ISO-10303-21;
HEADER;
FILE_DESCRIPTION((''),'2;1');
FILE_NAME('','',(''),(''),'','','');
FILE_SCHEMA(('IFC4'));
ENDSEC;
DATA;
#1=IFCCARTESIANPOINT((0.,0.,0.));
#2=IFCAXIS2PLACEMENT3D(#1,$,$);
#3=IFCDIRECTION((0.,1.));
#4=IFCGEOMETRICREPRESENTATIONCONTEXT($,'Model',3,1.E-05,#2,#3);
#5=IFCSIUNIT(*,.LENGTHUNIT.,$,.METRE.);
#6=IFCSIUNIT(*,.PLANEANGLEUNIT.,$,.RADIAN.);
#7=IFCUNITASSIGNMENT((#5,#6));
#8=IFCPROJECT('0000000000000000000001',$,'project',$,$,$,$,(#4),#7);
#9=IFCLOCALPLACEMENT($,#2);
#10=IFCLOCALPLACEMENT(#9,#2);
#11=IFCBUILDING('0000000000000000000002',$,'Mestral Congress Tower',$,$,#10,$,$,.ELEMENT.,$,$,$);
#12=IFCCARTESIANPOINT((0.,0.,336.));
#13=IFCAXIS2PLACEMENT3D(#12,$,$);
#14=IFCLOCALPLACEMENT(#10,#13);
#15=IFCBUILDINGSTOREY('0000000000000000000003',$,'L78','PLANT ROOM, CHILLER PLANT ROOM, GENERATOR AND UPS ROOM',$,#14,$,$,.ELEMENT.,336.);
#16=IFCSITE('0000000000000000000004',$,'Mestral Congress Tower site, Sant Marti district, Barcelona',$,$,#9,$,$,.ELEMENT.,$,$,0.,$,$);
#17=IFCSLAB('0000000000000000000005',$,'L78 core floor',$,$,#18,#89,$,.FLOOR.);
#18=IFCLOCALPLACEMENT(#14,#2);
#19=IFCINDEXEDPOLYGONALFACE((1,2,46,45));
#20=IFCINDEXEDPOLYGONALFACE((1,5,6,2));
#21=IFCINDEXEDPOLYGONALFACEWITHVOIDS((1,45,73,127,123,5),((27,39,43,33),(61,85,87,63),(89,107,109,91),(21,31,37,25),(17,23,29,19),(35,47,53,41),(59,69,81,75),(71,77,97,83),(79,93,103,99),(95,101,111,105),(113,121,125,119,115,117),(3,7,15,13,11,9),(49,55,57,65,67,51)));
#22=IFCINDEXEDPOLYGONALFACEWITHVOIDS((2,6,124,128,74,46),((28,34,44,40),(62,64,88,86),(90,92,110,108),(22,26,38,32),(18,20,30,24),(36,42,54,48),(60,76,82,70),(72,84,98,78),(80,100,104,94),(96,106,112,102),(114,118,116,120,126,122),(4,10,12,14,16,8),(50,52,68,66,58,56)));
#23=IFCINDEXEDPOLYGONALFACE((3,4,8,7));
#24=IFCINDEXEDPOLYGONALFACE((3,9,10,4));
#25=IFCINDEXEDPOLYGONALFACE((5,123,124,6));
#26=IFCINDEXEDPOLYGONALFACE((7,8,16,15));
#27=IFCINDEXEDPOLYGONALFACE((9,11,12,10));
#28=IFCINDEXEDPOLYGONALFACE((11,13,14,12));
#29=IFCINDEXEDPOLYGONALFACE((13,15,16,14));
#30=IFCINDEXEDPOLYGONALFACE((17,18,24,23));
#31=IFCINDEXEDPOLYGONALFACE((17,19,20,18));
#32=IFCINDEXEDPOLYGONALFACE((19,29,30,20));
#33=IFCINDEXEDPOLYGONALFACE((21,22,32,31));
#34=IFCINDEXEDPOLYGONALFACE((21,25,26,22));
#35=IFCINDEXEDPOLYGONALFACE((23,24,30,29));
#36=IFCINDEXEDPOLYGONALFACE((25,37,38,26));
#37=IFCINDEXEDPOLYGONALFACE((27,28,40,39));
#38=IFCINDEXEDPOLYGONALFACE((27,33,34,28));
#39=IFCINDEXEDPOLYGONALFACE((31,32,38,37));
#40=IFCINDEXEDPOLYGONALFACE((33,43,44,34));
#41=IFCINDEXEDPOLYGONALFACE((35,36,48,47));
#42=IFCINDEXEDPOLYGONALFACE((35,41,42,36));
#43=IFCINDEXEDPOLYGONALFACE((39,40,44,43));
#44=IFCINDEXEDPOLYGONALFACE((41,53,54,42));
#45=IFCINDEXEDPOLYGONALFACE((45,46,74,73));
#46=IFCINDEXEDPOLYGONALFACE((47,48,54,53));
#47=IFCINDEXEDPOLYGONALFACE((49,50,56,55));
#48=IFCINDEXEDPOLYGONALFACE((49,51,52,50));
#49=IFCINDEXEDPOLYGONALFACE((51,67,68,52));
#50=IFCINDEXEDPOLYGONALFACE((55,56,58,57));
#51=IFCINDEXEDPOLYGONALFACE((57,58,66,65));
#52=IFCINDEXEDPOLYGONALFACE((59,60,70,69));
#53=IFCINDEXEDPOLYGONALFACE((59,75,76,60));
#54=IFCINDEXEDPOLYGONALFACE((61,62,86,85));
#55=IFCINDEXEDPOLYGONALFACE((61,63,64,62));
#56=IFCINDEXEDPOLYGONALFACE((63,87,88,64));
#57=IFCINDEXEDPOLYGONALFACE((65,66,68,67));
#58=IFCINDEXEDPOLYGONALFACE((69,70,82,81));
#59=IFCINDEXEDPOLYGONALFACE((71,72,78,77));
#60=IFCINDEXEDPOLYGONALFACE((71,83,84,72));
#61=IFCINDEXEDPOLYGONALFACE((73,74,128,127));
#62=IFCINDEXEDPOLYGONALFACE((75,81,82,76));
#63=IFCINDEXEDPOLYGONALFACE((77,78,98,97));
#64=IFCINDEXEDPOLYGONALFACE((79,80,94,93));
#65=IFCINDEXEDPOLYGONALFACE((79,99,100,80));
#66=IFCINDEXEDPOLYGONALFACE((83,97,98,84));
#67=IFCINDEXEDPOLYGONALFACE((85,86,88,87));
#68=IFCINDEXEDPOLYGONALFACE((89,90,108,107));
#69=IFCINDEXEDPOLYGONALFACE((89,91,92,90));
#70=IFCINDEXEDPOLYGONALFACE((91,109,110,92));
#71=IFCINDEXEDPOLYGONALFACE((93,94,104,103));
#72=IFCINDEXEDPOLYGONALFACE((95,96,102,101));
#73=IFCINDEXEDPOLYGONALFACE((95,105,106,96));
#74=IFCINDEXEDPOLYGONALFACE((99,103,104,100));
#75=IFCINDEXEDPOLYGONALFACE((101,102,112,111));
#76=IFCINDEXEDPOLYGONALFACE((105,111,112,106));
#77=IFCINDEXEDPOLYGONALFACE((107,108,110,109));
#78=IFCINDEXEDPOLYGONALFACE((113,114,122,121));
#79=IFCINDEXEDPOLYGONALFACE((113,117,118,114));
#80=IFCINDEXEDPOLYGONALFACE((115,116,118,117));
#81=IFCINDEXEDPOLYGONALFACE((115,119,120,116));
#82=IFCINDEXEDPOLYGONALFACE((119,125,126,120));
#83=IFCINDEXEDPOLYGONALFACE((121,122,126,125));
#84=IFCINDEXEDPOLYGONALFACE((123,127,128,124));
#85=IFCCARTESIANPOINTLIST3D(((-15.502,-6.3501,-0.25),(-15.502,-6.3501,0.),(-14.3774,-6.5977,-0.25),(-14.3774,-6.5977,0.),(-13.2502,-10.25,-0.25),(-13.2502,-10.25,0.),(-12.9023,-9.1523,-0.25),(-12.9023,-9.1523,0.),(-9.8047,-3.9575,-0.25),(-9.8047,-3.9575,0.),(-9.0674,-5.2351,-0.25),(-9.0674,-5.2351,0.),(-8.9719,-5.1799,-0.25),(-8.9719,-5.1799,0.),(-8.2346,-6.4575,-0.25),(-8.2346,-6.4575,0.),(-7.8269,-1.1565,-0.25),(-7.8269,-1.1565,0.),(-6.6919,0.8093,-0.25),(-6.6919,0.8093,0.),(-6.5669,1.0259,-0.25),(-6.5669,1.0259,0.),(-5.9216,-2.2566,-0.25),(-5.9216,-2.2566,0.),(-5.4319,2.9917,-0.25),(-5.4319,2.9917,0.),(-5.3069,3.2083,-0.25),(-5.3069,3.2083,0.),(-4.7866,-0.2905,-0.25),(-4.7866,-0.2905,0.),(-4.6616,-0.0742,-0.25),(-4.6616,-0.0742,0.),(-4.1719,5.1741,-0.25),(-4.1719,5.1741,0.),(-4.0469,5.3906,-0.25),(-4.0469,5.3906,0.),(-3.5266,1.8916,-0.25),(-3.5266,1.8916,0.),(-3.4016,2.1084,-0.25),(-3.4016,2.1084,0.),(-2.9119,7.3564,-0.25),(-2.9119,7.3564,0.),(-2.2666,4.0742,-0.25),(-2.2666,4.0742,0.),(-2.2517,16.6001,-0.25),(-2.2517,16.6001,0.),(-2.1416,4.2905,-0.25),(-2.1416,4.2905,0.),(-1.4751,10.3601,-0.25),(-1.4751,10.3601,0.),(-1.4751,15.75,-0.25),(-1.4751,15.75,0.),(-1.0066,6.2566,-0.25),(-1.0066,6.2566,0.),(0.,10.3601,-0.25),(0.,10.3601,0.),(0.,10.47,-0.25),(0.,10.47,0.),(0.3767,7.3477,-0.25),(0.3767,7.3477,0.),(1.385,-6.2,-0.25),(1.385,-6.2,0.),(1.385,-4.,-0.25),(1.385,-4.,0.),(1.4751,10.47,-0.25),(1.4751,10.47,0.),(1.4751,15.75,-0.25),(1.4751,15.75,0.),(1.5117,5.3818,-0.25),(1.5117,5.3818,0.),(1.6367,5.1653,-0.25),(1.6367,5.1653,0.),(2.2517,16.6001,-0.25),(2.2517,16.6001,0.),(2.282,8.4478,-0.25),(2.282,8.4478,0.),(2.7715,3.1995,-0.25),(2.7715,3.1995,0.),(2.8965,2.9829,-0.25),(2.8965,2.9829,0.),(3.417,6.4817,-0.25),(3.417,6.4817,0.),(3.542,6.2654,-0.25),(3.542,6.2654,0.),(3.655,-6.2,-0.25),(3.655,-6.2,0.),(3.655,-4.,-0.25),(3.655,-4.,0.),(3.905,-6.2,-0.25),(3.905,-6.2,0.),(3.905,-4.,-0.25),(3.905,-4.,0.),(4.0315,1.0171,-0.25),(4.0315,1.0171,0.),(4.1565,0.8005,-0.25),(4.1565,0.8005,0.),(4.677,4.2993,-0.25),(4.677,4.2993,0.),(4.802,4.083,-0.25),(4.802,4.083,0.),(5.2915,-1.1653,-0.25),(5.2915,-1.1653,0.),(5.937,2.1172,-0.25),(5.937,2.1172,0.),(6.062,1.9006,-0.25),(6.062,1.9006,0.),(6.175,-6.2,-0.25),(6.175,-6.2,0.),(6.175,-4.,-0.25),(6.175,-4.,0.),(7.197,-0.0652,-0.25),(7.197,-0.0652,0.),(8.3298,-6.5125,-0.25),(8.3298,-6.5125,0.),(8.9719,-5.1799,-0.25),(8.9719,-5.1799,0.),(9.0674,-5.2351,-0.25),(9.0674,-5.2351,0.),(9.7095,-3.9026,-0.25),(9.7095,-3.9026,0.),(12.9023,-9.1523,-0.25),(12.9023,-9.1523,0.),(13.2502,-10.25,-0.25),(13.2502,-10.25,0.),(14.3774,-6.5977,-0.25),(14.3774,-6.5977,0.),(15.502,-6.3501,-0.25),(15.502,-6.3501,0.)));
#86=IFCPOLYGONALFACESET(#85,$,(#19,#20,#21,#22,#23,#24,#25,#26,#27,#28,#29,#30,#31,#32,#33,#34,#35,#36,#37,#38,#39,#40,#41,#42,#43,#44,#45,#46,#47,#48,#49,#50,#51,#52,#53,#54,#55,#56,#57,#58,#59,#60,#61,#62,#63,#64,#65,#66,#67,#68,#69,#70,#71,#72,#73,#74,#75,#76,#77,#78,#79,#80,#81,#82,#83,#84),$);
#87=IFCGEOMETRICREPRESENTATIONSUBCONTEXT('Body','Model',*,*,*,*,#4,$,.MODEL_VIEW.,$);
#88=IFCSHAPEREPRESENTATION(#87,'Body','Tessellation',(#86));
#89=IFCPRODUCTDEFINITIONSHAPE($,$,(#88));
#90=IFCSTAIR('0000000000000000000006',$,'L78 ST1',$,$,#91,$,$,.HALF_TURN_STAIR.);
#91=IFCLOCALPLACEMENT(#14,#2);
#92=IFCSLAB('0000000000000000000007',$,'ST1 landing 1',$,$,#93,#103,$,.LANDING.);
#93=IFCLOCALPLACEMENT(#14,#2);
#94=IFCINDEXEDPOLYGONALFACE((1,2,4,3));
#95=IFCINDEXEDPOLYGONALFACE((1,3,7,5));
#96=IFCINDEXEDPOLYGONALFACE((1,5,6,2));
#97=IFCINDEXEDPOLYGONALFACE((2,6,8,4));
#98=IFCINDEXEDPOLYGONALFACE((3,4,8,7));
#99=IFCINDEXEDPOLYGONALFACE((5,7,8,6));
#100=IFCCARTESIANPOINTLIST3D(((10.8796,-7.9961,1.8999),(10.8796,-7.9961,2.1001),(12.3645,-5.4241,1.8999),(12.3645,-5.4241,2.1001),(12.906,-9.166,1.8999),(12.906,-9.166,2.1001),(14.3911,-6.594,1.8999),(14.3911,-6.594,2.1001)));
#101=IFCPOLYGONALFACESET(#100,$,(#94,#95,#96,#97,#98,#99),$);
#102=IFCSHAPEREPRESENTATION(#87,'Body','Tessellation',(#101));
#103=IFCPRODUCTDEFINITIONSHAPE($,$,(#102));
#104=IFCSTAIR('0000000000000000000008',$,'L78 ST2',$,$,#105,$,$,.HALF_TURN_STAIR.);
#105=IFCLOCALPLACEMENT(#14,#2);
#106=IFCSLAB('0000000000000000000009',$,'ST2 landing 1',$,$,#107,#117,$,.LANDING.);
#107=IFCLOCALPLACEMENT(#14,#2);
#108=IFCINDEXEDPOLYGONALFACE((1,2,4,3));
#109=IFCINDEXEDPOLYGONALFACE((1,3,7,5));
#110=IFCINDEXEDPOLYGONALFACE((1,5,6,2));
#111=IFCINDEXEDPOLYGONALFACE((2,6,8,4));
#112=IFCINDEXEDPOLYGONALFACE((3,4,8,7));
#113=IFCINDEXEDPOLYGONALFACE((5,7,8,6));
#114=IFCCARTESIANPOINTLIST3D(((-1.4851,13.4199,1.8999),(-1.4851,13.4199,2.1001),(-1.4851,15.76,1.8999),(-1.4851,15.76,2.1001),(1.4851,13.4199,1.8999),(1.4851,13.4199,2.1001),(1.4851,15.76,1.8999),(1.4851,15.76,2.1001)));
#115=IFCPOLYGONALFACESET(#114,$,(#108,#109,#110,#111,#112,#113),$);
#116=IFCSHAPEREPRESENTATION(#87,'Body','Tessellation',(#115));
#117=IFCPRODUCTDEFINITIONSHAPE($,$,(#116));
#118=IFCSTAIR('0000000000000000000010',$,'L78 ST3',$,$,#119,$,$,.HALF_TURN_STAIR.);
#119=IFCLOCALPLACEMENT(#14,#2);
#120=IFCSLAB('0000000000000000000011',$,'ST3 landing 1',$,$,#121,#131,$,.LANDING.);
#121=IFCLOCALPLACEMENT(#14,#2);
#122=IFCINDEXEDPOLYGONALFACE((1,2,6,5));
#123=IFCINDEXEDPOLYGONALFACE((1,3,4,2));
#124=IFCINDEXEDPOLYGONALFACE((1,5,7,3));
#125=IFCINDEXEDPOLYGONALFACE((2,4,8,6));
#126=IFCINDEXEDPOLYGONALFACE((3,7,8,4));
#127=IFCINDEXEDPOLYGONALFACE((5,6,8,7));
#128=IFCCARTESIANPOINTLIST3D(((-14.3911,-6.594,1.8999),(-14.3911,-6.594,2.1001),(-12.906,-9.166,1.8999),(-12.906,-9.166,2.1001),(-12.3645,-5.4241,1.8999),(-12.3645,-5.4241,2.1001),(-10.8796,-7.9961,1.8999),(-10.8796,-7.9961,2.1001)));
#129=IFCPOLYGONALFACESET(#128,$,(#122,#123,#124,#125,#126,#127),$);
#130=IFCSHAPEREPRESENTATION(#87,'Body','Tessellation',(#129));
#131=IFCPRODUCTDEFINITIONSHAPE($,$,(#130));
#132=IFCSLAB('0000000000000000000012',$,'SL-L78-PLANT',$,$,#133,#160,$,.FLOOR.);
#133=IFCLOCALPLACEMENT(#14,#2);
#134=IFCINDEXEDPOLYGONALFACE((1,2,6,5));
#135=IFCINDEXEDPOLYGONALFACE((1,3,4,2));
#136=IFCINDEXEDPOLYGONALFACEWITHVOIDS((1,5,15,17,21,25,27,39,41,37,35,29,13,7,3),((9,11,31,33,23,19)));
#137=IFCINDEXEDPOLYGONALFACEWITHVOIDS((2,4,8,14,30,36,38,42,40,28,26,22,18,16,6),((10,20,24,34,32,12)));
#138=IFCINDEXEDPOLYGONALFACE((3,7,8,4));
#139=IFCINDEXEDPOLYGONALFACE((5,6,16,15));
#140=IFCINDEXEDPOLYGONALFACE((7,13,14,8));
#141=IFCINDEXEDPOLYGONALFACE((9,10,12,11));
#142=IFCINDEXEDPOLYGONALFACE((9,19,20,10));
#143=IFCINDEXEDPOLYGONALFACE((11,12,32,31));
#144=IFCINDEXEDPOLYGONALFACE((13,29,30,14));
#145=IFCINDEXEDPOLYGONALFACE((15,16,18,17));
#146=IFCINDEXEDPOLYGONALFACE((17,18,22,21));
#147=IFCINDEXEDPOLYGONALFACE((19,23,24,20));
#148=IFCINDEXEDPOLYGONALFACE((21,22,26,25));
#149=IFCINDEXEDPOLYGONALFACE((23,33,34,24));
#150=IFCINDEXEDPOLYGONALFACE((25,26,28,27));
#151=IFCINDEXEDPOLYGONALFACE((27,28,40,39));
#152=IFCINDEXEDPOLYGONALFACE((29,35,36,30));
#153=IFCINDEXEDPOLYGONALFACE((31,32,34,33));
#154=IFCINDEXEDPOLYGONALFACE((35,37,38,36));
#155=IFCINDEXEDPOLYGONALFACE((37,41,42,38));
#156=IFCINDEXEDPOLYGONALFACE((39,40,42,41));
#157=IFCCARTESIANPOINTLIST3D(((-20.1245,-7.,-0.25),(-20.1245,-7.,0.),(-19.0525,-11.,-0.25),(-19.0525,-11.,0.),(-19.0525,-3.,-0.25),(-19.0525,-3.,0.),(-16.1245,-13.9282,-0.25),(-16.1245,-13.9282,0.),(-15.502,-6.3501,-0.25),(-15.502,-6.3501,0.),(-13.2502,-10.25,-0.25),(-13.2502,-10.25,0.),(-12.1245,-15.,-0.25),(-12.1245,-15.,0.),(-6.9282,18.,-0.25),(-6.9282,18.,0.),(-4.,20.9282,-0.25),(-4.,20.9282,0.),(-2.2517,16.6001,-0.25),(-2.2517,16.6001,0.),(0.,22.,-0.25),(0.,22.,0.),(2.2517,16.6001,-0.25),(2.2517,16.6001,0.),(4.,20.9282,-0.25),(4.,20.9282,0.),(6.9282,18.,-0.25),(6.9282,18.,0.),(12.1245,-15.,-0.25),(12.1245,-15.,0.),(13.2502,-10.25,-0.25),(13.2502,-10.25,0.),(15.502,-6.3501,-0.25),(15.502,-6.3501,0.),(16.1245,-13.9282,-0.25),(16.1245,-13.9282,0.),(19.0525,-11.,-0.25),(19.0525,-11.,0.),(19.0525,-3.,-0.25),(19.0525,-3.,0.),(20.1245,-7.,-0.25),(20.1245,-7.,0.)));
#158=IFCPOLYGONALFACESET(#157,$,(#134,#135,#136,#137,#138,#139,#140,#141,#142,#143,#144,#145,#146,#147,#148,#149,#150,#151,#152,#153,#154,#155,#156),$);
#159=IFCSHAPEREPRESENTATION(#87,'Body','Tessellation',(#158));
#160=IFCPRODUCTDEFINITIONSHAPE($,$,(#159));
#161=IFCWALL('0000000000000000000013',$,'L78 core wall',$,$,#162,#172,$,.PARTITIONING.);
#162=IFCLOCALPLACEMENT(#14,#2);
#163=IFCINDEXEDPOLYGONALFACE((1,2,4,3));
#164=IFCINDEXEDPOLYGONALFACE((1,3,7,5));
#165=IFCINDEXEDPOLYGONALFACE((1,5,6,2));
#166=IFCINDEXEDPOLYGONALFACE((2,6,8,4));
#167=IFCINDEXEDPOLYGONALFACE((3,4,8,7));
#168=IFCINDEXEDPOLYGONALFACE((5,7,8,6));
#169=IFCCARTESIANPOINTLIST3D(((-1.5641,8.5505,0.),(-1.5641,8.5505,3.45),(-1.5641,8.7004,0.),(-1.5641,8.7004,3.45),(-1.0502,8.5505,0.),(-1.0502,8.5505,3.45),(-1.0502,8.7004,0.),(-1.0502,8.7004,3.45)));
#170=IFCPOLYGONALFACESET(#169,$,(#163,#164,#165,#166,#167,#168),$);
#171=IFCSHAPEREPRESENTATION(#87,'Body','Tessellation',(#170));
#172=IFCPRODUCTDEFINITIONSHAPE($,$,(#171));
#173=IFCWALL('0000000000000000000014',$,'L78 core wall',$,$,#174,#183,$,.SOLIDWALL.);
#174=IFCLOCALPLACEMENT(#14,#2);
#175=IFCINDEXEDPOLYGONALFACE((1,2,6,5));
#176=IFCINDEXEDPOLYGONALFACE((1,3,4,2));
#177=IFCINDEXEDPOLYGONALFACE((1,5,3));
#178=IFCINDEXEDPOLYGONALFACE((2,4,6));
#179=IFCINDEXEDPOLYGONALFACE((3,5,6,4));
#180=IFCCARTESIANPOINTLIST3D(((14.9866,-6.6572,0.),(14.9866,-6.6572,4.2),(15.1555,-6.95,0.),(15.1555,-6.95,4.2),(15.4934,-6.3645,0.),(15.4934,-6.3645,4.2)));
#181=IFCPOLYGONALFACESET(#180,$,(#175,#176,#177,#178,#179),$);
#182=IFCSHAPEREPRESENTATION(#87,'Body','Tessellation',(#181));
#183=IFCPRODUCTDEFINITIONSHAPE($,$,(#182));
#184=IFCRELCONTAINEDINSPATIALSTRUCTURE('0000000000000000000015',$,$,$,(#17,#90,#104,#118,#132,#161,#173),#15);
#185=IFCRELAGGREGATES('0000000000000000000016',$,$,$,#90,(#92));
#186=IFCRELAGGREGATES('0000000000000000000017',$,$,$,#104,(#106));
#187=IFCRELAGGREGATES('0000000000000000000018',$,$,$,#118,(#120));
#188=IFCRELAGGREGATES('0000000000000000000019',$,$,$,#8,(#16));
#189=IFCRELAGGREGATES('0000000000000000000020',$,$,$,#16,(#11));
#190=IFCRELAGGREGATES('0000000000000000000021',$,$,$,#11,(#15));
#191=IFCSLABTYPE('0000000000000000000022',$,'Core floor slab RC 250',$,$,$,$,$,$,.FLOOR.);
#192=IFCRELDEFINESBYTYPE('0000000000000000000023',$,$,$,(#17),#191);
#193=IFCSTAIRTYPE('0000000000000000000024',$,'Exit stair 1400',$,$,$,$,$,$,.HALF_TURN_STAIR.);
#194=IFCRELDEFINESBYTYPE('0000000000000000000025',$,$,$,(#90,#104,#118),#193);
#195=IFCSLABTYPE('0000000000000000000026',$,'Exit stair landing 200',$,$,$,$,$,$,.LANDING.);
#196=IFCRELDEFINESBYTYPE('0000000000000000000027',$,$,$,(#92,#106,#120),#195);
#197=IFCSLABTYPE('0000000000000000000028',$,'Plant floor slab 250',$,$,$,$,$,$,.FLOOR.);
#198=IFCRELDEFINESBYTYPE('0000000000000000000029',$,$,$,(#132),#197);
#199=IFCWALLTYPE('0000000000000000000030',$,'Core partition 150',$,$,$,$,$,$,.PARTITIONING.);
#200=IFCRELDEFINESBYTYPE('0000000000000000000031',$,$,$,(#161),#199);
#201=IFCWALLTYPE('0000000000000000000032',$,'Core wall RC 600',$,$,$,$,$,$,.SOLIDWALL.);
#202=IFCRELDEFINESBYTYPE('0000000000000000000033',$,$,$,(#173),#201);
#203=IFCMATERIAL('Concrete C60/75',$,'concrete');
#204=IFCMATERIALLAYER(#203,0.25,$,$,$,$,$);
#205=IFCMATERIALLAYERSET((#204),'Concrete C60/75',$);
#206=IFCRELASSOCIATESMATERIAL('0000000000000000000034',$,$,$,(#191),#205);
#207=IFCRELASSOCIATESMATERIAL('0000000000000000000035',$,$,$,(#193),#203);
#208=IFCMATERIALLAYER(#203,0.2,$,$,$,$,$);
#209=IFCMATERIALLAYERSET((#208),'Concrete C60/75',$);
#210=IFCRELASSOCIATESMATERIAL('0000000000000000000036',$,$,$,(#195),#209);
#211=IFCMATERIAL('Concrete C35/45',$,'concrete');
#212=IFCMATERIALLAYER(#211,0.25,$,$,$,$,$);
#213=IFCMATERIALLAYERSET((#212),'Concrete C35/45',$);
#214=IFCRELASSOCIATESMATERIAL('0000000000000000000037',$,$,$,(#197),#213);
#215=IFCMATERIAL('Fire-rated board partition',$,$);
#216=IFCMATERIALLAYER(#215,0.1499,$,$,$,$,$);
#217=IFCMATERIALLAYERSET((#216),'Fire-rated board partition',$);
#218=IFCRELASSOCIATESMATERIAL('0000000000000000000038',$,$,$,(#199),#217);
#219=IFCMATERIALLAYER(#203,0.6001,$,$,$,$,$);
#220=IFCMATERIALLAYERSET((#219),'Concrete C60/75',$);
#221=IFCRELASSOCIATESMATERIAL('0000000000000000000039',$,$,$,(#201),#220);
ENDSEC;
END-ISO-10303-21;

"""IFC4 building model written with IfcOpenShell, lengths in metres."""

from ifc_helpers import new_model, si_unit, direction, frame, frame_2d, origin, place, context, subcontext, project, spatial, polyline, rectangle, outline, extrude, material, layer, layer_set, type_object, element, aggregate, save


model = new_model("IFC4")

# Units and contexts
model_context = context("Model", 3, precision=1e-05, world=origin(), true_north=direction((0.0, 1.0)))
body_context = subcontext(model_context, "Body", "Model", "MODEL_VIEW")
ifc_project = project(units=[si_unit("LENGTHUNIT", "METRE"), si_unit("PLANEANGLEUNIT", "RADIAN")], contexts=[model_context])

# Site, building, storey
site_placement = place(None, origin())
site = spatial("IfcSite", under=ifc_project, at=site_placement, Name="Mestral Congress Tower site, Sant Marti district, Barcelona", CompositionType="ELEMENT", RefElevation=0.0)
building_placement = place(site_placement, origin())
building = spatial("IfcBuilding", under=site, at=building_placement, Name="Mestral Congress Tower", CompositionType="ELEMENT")
storey_placement = place(building_placement, frame((0.0, 0.0, 336.0)))
storey = spatial("IfcBuildingStorey", under=building, at=storey_placement, Name="L78", Description="PLANT ROOM, CHILLER PLANT ROOM, GENERATOR AND UPS ROOM", CompositionType="ELEMENT", Elevation=336.0)

# Slab
ifc_material_1 = material(Name="Concrete C60/75", Category="concrete")
ifc_layer_1 = layer(ifc_material_1, 0.25)
ifc_layer_set_1 = layer_set([ifc_layer_1], Name="Concrete C60/75")
slab_type_1 = type_object("IfcSlabType", Name="Core floor slab RC 250", PredefinedType="FLOOR", material=ifc_layer_set_1)
placement_1 = place(storey_placement, frame((0.0, 0.0, -0.25)))
element("IfcSlab", 1, at=placement_1, inside=storey, type_object=slab_type_1, Name="L78 core floor", PredefinedType="FLOOR", context=body_context, shape_type="SweptSolid", body=[
    extrude(outline(polyline([(13.2502, -10.25), (-13.2502, -10.25), (-15.502, -6.3501), (-2.2517, 16.6001), (2.2517, 16.6001), (15.502, -6.3501), (13.2502, -10.25)]), holes=[polyline([(-14.3774, -6.5977), (-12.9023, -9.1523), (-8.2346, -6.4575), (-8.9719, -5.1799), (-9.0674, -5.2351), (-9.8047, -3.9575), (-14.3774, -6.5977)]), polyline([(-5.9216, -2.2566), (-4.7866, -0.2905), (-6.6919, 0.8093), (-7.8269, -1.1565), (-5.9216, -2.2566)]), polyline([(-4.6616, -0.0742), (-3.5266, 1.8916), (-5.4319, 2.9917), (-6.5669, 1.0259), (-4.6616, -0.0742)]), polyline([(-2.2666, 4.0742), (-4.1719, 5.1741), (-5.3069, 3.2083), (-3.4016, 2.1084), (-2.2666, 4.0742)]), polyline([(-2.1416, 4.2905), (-1.0066, 6.2566), (-2.9119, 7.3564), (-4.0469, 5.3906), (-2.1416, 4.2905)]), polyline([(0.3767, 7.3477), (1.5117, 5.3818), (3.417, 6.4817), (2.282, 8.4478), (0.3767, 7.3477)]), polyline([(1.4751, 15.75), (-1.4751, 15.75), (-1.4751, 10.3601), (0.0, 10.3601), (0.0, 10.47), (1.4751, 10.47), (1.4751, 15.75)]), polyline([(8.3298, -6.5125), (12.9023, -9.1523), (14.3774, -6.5977), (9.7095, -3.9026), (8.9719, -5.1799), (9.0674, -5.2351), (8.3298, -6.5125)]), polyline([(3.655, -4.0), (1.385, -4.0), (1.385, -6.2), (3.655, -6.2), (3.655, -4.0)]), polyline([(6.175, -4.0), (3.905, -4.0), (3.905, -6.2), (6.175, -6.2), (6.175, -4.0)]), polyline([(4.1565, 0.8005), (5.2915, -1.1653), (7.197, -0.0652), (6.062, 1.9006), (4.1565, 0.8005)]), polyline([(2.8965, 2.9829), (4.0315, 1.0171), (5.937, 2.1172), (4.802, 4.083), (2.8965, 2.9829)]), polyline([(1.6367, 5.1653), (2.7715, 3.1995), (4.677, 4.2993), (3.542, 6.2654), (1.6367, 5.1653)])]), origin(), (0.0, 0.0, 1.0), 0.25),
])

# Stairs, slabs
stair_type = type_object("IfcStairType", Name="Exit stair 1400", PredefinedType="HALF_TURN_STAIR", material=ifc_material_1)
placement_2 = place(storey_placement, origin())
stair_1 = element("IfcStair", 2, at=placement_2, inside=storey, type_object=stair_type, Name="L78 ST1", PredefinedType="HALF_TURN_STAIR")
ifc_layer_2 = layer(ifc_material_1, 0.2)
ifc_layer_set_2 = layer_set([ifc_layer_2], Name="Concrete C60/75")
slab_type_2 = type_object("IfcSlabType", Name="Exit stair landing 200", PredefinedType="LANDING", material=ifc_layer_set_2)
placement_3 = place(storey_placement, frame((0.0, 0.0, 1.8999)))
slab_1 = element("IfcSlab", 3, at=placement_3, type_object=slab_type_2, Name="ST1 landing 1", PredefinedType="LANDING", context=body_context, shape_type="SweptSolid", body=[
    extrude(outline(polyline([(10.8796, -7.9961), (12.3645, -5.4241), (14.3911, -6.594), (12.906, -9.166), (10.8796, -7.9961)])), origin(), (0.0, 0.0, 1.0), 0.2002),
])
aggregate(stair_1, [slab_1])
stair_2 = element("IfcStair", 4, at=placement_2, inside=storey, type_object=stair_type, Name="L78 ST2", PredefinedType="HALF_TURN_STAIR")
slab_2 = element("IfcSlab", 5, at=placement_3, type_object=slab_type_2, Name="ST2 landing 1", PredefinedType="LANDING", context=body_context, shape_type="SweptSolid", body=[
    extrude(outline(polyline([(1.4851, 13.4199), (-1.4851, 13.4199), (-1.4851, 15.76), (1.4851, 15.76), (1.4851, 13.4199)])), origin(), (0.0, 0.0, 1.0), 0.2002),
])
aggregate(stair_2, [slab_2])
stair_3 = element("IfcStair", 6, at=placement_2, inside=storey, type_object=stair_type, Name="L78 ST3", PredefinedType="HALF_TURN_STAIR")
slab_3 = element("IfcSlab", 7, at=placement_3, type_object=slab_type_2, Name="ST3 landing 1", PredefinedType="LANDING", context=body_context, shape_type="SweptSolid", body=[
    extrude(outline(polyline([(-12.3645, -5.4241), (-10.8796, -7.9961), (-12.906, -9.166), (-14.3911, -6.594), (-12.3645, -5.4241)])), origin(), (0.0, 0.0, 1.0), 0.2002),
])
aggregate(stair_3, [slab_3])

# Slab
ifc_material_2 = material(Name="Concrete C35/45", Category="concrete")
ifc_layer_3 = layer(ifc_material_2, 0.25)
ifc_layer_set_3 = layer_set([ifc_layer_3], Name="Concrete C35/45")
slab_type_3 = type_object("IfcSlabType", Name="Plant floor slab 250", PredefinedType="FLOOR", material=ifc_layer_set_3)
element("IfcSlab", 8, at=placement_1, inside=storey, type_object=slab_type_3, Name="SL-L78-PLANT", PredefinedType="FLOOR", context=body_context, shape_type="SweptSolid", body=[
    extrude(outline(polyline([(12.1245, -15.0), (16.1245, -13.9282), (19.0525, -11.0), (20.1245, -7.0), (19.0525, -3.0), (6.9282, 18.0), (4.0, 20.9282), (0.0, 22.0), (-4.0, 20.9282), (-6.9282, 18.0), (-19.0525, -3.0), (-20.1245, -7.0), (-19.0525, -11.0), (-16.1245, -13.9282), (-12.1245, -15.0), (12.1245, -15.0)]), holes=[polyline([(-2.2517, 16.6001), (-15.502, -6.3501), (-13.2502, -10.25), (13.2502, -10.25), (15.502, -6.3501), (2.2517, 16.6001), (-2.2517, 16.6001)])]), origin(), (0.0, 0.0, 1.0), 0.25),
])

# Walls
ifc_material_3 = material(Name="Fire-rated board partition")
ifc_layer_4 = layer(ifc_material_3, 0.1499)
ifc_layer_set_4 = layer_set([ifc_layer_4], Name="Fire-rated board partition")
wall_type_1 = type_object("IfcWallType", Name="Core partition 150", PredefinedType="PARTITIONING", material=ifc_layer_set_4)
wall_1_placement = place(storey_placement, frame((-1.564, 8.6255, 0.0), z_axis=(0.0, 0.0, 1.0), x_axis=(1.0, 0.0, 0.0)))
element("IfcWall", 9, at=wall_1_placement, inside=storey, type_object=wall_type_1, Name="L78 core wall", PredefinedType="PARTITIONING", context=body_context, shape_type="SweptSolid", body=[
    extrude(rectangle(XDim=0.5139, YDim=0.1499, at=frame_2d((0.2568, 0.0))), origin(), (0.0, 0.0, 1.0), 3.45),
])
ifc_layer_5 = layer(ifc_material_1, 0.6001)
ifc_layer_set_5 = layer_set([ifc_layer_5], Name="Concrete C60/75")
wall_type_2 = type_object("IfcWallType", Name="Core wall RC 600", PredefinedType="SOLIDWALL", material=ifc_layer_set_5)
element("IfcWall", 10, at=placement_2, inside=storey, type_object=wall_type_2, Name="L78 core wall", PredefinedType="SOLIDWALL", context=body_context, shape_type="SweptSolid", body=[
    extrude(outline(polyline([(15.1555, -6.95), (14.9866, -6.6572), (15.4934, -6.3645), (15.1555, -6.95)])), origin(), (0.0, 0.0, 1.0), 4.2),
])

save(model, "model.ifc")
